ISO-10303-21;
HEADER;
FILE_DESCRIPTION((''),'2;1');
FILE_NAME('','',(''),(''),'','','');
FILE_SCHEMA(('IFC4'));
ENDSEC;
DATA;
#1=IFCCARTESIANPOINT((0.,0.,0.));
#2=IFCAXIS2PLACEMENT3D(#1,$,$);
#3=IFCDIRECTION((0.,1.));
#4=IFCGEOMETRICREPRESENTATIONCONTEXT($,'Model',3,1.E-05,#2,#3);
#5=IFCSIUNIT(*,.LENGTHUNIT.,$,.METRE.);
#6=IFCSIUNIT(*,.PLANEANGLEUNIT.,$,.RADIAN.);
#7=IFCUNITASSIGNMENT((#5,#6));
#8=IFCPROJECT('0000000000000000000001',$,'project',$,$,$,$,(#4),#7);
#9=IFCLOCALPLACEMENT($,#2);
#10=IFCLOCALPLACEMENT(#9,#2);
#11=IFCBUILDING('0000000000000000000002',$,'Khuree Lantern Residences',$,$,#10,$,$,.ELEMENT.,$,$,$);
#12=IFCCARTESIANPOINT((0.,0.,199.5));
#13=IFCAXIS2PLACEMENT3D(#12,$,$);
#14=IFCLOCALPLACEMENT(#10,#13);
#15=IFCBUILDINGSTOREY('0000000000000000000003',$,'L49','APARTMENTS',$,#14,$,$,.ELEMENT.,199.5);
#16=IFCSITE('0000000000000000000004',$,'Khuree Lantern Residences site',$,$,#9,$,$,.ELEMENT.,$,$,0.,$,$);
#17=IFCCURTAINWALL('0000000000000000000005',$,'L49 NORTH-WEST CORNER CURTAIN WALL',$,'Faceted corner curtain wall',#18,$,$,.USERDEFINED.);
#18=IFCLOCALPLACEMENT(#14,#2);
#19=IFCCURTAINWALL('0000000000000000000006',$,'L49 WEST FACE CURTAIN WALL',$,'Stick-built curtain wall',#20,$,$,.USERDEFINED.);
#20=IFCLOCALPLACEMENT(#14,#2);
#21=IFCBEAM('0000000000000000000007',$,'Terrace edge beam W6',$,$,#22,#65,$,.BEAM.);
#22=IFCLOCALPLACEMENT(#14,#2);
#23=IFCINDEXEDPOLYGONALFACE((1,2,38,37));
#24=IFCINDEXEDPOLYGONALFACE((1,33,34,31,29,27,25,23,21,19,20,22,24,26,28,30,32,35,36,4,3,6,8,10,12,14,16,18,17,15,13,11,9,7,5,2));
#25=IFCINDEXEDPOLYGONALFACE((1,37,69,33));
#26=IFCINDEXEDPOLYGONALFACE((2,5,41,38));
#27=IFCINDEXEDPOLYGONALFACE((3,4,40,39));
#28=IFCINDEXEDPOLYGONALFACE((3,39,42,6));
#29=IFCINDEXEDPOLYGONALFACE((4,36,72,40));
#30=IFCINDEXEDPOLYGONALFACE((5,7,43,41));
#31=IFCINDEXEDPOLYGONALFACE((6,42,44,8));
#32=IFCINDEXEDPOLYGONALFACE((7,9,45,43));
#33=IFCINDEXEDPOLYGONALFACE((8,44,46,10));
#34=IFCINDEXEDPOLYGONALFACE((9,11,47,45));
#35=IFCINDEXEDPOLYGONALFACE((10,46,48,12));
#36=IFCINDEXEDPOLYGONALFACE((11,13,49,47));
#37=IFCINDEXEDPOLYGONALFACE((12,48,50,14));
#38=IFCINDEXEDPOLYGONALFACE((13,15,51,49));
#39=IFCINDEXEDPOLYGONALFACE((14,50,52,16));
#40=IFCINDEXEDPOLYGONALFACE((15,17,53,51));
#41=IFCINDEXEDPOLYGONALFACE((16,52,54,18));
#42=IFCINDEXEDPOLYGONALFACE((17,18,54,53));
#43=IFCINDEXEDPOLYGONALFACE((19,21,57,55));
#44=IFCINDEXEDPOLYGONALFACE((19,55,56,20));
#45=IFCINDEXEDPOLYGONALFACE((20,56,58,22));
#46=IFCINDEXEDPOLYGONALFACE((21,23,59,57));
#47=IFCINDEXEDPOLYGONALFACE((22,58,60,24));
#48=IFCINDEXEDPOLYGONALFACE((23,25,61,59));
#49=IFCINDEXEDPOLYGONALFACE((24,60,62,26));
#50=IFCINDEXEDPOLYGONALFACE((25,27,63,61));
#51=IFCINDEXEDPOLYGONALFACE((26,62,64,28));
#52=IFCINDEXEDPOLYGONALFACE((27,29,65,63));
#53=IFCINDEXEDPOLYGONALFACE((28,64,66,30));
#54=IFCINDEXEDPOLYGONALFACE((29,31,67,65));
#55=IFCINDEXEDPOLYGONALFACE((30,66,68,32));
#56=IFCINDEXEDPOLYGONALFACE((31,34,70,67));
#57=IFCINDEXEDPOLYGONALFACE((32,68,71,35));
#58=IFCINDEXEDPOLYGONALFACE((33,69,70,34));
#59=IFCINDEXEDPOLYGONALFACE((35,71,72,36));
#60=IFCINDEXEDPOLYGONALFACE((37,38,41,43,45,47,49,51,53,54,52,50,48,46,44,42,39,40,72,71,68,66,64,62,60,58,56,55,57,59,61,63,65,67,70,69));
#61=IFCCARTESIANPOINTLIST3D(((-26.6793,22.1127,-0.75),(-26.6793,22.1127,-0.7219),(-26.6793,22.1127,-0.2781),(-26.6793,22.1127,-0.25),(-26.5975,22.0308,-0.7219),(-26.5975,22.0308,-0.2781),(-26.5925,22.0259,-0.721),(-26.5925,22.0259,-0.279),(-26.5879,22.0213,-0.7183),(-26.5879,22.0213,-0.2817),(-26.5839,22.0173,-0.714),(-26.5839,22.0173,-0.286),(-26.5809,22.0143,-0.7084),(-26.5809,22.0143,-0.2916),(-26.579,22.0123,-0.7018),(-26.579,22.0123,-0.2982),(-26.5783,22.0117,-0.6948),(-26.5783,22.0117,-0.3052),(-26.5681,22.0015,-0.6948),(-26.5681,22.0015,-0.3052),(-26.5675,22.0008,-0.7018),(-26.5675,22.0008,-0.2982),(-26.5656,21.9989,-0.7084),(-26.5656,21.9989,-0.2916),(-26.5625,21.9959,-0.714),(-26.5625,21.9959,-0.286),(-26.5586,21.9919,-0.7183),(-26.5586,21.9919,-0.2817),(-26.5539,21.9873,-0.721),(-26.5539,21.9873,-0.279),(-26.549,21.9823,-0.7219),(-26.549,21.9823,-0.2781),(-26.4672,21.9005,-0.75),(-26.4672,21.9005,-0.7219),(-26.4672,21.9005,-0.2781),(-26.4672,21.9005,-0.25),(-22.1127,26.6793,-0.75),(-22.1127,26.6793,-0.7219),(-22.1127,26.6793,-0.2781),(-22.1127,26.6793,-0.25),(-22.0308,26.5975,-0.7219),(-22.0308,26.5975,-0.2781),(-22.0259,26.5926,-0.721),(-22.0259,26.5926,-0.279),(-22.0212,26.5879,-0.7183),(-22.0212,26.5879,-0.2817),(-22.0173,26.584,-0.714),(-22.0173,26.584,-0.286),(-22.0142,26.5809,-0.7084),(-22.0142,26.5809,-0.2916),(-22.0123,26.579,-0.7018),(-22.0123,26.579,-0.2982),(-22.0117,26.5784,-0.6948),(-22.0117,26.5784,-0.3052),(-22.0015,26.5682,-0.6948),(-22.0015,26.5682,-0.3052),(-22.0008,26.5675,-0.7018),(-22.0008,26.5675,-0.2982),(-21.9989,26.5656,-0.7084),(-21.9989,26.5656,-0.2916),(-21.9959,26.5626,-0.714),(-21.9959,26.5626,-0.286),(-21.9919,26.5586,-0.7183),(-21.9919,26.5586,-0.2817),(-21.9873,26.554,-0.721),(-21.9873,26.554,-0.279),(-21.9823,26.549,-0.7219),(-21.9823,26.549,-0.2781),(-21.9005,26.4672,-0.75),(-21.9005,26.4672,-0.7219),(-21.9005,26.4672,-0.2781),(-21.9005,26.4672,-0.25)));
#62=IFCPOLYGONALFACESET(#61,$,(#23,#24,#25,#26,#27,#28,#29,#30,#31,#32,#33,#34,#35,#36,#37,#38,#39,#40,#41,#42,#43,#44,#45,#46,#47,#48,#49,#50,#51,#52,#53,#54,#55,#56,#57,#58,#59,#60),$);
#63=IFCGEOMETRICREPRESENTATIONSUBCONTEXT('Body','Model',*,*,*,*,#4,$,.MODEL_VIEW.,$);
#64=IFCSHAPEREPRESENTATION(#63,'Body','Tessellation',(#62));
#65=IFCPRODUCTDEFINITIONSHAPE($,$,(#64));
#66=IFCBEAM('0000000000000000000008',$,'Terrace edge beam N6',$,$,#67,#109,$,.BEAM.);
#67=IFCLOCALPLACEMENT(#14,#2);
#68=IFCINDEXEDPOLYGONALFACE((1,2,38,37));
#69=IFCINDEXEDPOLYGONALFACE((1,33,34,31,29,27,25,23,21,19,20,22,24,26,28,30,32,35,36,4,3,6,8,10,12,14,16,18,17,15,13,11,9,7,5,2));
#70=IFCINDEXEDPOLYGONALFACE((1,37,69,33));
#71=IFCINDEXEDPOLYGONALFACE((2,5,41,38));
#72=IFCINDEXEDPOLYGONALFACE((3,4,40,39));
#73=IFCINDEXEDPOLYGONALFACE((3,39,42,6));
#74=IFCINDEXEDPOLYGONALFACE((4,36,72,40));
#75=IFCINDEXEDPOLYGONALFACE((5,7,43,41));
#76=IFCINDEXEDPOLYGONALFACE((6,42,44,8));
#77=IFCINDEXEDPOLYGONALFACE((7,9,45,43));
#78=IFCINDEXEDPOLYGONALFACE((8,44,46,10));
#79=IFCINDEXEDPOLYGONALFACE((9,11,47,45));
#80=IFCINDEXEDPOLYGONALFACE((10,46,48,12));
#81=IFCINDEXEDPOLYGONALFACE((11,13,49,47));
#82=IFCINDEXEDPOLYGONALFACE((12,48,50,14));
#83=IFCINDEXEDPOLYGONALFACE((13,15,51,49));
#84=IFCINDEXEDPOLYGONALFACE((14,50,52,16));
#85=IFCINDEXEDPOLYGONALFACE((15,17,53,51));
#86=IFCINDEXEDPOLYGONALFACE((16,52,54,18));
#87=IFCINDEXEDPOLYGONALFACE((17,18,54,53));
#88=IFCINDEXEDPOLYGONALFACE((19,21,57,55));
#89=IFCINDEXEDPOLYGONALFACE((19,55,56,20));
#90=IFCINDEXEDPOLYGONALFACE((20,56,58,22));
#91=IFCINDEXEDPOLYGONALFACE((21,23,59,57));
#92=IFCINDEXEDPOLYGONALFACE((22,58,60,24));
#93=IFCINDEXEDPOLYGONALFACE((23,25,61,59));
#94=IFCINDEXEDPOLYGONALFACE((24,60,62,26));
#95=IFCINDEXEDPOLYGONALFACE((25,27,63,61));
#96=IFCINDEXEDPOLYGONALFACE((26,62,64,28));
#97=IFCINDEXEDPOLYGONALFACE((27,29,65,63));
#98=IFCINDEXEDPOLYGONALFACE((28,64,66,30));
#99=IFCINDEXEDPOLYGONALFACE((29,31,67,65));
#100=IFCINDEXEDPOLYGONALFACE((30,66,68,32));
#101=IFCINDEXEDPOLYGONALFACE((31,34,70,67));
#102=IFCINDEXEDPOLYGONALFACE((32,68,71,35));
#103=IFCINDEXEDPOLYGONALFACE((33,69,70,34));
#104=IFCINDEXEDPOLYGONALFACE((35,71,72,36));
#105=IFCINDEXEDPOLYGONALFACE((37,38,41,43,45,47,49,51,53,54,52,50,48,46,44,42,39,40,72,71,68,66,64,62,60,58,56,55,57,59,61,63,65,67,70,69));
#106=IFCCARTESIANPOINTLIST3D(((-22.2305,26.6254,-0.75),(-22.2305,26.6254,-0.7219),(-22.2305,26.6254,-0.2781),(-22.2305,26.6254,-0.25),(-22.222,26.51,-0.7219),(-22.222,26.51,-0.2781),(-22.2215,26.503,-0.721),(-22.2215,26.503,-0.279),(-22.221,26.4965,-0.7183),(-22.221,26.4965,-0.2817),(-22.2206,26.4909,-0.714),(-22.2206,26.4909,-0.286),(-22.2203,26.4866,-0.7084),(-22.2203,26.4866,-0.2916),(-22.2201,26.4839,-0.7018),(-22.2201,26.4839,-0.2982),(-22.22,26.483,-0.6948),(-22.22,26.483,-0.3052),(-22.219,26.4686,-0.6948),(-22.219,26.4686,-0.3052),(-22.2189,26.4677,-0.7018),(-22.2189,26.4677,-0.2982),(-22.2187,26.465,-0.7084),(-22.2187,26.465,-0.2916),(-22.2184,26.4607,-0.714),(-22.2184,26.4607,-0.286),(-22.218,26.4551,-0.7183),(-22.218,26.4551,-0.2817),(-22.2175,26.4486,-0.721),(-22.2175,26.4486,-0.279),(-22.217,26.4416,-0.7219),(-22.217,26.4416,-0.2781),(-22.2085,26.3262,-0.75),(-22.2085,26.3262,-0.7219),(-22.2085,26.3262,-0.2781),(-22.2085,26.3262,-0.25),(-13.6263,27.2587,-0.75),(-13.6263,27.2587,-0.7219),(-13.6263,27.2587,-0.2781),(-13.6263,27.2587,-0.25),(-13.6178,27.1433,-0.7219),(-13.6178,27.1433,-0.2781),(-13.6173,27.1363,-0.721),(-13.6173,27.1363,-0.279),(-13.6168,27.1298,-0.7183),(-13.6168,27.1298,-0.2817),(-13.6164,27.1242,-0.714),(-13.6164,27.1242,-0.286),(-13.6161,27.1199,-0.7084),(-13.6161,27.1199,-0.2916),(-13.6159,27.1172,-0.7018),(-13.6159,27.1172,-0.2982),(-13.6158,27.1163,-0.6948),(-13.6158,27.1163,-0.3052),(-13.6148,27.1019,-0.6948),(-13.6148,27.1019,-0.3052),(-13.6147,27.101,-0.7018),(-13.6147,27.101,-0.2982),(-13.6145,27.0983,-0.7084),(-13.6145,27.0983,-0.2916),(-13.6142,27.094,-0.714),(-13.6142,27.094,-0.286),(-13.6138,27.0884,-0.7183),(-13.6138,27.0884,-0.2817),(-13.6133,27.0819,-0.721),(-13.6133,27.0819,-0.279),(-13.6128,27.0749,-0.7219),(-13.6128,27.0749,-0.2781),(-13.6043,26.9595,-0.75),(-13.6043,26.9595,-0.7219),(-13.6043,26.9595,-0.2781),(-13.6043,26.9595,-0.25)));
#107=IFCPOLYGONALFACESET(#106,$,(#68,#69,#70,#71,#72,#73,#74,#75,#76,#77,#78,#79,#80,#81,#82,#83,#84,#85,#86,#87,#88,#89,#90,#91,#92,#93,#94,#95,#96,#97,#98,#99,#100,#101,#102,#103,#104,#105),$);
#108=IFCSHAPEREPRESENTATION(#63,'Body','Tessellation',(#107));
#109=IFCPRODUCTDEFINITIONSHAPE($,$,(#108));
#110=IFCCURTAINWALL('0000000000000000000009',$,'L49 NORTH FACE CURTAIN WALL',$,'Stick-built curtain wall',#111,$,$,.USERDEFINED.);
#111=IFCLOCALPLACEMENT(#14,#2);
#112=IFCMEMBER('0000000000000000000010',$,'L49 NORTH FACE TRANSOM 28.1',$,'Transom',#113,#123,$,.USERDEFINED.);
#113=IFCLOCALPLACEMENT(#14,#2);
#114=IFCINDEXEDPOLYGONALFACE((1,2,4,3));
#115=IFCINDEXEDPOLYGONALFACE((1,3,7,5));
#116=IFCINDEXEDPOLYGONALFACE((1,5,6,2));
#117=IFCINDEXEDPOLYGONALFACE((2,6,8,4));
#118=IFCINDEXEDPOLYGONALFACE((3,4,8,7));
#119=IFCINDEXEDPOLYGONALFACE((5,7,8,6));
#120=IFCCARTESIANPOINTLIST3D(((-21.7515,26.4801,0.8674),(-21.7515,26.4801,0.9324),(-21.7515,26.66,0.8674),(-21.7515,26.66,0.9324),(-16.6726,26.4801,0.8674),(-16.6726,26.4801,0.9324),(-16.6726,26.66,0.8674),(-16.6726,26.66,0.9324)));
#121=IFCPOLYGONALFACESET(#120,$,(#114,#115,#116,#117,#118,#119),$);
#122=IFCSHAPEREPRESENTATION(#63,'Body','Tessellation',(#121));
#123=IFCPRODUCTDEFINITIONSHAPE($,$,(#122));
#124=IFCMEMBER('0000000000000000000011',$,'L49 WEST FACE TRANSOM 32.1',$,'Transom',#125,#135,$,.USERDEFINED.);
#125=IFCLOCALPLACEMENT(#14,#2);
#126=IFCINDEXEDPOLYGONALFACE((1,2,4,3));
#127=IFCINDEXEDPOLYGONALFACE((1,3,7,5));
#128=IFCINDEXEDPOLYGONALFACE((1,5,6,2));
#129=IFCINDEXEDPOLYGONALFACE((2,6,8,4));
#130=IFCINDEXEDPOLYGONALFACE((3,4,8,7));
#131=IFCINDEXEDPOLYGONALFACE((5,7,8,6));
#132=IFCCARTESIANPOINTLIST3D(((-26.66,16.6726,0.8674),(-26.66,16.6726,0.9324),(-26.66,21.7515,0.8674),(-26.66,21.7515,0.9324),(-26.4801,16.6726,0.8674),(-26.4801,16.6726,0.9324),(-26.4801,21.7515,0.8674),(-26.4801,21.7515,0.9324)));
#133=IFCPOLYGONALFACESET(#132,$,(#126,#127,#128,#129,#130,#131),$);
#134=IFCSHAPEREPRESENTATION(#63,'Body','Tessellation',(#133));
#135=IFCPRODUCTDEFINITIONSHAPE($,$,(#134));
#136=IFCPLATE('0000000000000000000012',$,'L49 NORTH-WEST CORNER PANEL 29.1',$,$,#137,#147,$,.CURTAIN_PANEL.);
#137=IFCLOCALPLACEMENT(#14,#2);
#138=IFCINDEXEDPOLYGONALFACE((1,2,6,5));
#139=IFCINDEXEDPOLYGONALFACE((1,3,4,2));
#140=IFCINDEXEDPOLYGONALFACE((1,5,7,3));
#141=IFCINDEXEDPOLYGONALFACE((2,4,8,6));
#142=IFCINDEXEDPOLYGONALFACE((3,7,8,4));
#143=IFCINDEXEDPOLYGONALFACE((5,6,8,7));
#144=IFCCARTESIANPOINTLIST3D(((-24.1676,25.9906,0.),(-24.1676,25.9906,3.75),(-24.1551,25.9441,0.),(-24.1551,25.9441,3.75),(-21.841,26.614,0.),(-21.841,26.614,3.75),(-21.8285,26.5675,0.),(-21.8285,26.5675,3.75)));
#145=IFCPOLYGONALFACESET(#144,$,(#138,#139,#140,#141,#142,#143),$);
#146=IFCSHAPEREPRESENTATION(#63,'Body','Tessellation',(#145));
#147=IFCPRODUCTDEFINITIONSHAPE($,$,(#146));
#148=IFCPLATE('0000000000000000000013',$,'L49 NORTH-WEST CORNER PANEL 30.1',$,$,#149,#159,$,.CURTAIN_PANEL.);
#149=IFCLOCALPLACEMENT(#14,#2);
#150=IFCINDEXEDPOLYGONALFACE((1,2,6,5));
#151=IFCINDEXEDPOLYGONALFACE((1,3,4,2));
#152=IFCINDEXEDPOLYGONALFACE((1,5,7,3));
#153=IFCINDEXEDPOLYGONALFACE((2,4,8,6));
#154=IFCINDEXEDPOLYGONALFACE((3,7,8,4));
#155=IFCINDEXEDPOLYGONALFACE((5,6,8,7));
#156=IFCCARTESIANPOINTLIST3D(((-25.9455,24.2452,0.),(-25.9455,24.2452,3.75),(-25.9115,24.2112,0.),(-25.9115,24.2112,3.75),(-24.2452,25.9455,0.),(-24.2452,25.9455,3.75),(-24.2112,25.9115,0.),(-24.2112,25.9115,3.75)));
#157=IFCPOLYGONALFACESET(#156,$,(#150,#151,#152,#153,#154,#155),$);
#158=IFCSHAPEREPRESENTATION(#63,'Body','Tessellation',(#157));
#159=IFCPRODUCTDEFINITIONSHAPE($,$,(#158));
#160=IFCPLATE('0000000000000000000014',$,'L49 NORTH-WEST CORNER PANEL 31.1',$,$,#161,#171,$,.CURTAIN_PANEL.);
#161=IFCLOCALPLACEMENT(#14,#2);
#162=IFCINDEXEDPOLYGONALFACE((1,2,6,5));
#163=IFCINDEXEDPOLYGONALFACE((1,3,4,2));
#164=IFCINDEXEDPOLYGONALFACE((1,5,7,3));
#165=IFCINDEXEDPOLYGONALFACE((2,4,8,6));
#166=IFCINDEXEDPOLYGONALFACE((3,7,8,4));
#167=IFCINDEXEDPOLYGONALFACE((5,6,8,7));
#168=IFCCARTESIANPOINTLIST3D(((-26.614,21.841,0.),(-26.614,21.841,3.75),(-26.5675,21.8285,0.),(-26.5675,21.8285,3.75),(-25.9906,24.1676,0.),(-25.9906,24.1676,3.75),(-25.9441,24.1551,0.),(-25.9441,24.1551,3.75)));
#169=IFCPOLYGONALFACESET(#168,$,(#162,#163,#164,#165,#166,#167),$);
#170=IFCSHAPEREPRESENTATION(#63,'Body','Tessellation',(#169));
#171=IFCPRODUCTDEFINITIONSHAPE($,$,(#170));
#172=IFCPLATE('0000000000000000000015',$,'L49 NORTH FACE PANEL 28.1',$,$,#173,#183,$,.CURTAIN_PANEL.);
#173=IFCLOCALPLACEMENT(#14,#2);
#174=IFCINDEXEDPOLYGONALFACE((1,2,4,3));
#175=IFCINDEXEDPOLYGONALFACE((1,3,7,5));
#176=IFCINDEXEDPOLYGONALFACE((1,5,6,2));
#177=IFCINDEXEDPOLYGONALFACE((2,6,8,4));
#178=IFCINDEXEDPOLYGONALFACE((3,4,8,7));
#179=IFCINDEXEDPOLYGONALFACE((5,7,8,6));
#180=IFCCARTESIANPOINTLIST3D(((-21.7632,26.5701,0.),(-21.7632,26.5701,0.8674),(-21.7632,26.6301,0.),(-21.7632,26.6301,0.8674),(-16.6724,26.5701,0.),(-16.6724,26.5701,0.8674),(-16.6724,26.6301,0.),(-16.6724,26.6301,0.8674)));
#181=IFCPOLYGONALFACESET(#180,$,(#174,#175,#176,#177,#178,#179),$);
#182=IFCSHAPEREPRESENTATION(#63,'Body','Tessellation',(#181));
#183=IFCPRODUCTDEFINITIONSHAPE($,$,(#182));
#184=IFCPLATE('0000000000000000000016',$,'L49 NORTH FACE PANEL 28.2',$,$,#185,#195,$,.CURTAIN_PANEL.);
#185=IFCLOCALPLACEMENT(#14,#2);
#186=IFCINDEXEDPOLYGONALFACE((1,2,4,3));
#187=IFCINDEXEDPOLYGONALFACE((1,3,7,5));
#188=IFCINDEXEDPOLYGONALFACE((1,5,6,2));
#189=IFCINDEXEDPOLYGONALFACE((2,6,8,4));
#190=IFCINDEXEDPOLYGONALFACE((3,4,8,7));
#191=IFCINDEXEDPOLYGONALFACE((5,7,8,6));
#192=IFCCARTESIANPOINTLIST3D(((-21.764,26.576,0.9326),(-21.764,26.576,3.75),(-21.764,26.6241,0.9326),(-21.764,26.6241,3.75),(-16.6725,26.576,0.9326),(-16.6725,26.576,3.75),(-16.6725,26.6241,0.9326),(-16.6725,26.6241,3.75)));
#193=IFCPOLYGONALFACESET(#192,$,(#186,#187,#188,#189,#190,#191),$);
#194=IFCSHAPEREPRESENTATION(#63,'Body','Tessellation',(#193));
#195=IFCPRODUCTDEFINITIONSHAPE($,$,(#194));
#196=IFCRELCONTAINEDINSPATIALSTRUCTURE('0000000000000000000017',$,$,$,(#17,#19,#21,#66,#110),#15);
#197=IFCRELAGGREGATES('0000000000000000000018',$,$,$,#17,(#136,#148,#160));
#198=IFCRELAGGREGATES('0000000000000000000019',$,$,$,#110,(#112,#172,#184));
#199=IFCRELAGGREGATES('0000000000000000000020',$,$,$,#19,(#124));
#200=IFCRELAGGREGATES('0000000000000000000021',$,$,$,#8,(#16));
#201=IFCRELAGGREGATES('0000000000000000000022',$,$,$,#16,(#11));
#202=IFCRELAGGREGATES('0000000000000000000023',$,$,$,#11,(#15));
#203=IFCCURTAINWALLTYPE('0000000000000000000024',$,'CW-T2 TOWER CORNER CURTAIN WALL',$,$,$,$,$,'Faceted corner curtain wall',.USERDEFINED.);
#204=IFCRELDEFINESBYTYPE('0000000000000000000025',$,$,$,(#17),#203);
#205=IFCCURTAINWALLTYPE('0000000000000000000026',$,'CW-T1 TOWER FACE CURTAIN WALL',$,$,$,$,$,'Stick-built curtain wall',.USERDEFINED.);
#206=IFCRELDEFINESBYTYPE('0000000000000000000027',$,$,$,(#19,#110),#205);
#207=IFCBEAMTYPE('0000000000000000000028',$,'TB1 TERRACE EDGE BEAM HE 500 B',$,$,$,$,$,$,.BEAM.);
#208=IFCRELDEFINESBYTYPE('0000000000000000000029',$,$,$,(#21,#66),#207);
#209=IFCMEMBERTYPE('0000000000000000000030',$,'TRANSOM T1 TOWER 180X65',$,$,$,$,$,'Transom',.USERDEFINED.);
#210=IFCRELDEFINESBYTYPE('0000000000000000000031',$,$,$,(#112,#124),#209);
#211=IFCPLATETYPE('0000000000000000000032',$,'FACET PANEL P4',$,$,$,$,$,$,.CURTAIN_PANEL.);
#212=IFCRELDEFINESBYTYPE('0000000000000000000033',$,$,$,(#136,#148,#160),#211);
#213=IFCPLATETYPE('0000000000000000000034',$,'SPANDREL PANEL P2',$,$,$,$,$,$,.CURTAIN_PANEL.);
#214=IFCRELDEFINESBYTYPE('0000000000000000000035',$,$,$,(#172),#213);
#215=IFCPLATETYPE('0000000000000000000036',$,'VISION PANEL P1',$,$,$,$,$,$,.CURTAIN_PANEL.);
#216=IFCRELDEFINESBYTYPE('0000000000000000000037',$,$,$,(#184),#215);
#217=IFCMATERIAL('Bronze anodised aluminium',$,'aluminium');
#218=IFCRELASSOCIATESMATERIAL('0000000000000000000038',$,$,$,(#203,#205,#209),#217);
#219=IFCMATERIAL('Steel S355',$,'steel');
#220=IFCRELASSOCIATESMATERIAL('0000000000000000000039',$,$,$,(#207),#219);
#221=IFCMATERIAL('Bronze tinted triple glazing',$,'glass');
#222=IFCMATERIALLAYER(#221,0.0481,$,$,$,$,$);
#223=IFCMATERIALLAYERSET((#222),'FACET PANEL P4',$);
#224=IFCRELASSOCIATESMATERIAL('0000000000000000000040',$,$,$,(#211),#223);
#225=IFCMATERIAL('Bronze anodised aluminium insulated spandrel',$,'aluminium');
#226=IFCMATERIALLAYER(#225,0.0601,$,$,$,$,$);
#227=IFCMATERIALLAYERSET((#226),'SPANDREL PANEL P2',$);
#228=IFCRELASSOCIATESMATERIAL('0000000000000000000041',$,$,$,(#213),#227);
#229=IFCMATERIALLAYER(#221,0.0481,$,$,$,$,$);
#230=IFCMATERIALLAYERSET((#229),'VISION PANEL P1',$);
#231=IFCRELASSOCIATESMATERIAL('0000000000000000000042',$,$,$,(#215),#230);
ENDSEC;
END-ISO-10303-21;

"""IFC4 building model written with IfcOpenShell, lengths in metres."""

from ifc_helpers import new_model, si_unit, direction, frame, origin, origin_2d, place, context, subcontext, project, spatial, rectangle, i_section, extrude, material, layer, layer_set, material_profile, profile_set, type_object, element, aggregate, save


model = new_model("IFC4")

# Units and contexts
model_context = context("Model", 3, precision=1e-05, world=origin(), true_north=direction((0.0, 1.0)))
body_context = subcontext(model_context, "Body", "Model", "MODEL_VIEW")
ifc_project = project(units=[si_unit("LENGTHUNIT", "METRE"), si_unit("PLANEANGLEUNIT", "RADIAN")], contexts=[model_context])

# Site, building, storey
site_placement = place(None, origin())
site = spatial("IfcSite", under=ifc_project, at=site_placement, Name="Khuree Lantern Residences site", CompositionType="ELEMENT", RefElevation=0.0)
building_placement = place(site_placement, origin())
building = spatial("IfcBuilding", under=site, at=building_placement, Name="Khuree Lantern Residences", CompositionType="ELEMENT")
storey_placement = place(building_placement, frame((0.0, 0.0, 199.5)))
storey = spatial("IfcBuildingStorey", under=building, at=storey_placement, Name="L49", Description="APARTMENTS", CompositionType="ELEMENT", Elevation=199.5)

# Shared definitions
ifc_material_1 = material(Name="Steel S355", Category="steel")

# Curtain wall
ifc_material_2 = material(Name="Bronze anodised aluminium", Category="aluminium")
curtain_wall_type_1 = type_object("IfcCurtainWallType", Name="CW-T2 TOWER CORNER CURTAIN WALL", ElementType="Faceted corner curtain wall", PredefinedType="USERDEFINED", material=ifc_material_2)
curtain_wall_1_placement = place(storey_placement, origin())
curtain_wall_1 = element("IfcCurtainWall", 1, at=curtain_wall_1_placement, inside=storey, type_object=curtain_wall_type_1, Name="L49 NORTH-WEST CORNER CURTAIN WALL", ObjectType="Faceted corner curtain wall", PredefinedType="USERDEFINED")

# Curtain wall
curtain_wall_type_2 = type_object("IfcCurtainWallType", Name="CW-T1 TOWER FACE CURTAIN WALL", ElementType="Stick-built curtain wall", PredefinedType="USERDEFINED", material=ifc_material_2)
curtain_wall_2_placement = place(storey_placement, origin())
curtain_wall_2 = element("IfcCurtainWall", 2, at=curtain_wall_2_placement, inside=storey, type_object=curtain_wall_type_2, Name="L49 WEST FACE CURTAIN WALL", ObjectType="Stick-built curtain wall", PredefinedType="USERDEFINED")

# Beams
ifc_material_profile_1 = material_profile(ifc_material_1, i_section(OverallWidth=0.3, OverallDepth=0.5, WebThickness=0.0144, FlangeThickness=0.0281, FilletRadius=0.0271, at=origin_2d()), Name="HE 500 B")
ifc_profile_set_1 = profile_set([ifc_material_profile_1], Name="Steel S355")
beam_type_1 = type_object("IfcBeamType", Name="TB1 TERRACE EDGE BEAM HE 500 B", PredefinedType="BEAM", material=ifc_profile_set_1)
beam_1_placement = place(storey_placement, frame((-26.5732, 22.0066, -0.5), z_axis=(0.707107, 0.707107, 0.0), x_axis=(-0.707107, 0.707107, 0.0)))
element("IfcBeam", 3, at=beam_1_placement, inside=storey, type_object=beam_type_1, Name="Terrace edge beam W6", PredefinedType="BEAM", context=body_context, shape_type="SweptSolid", body=[
    extrude(i_section(OverallWidth=0.3, OverallDepth=0.5, WebThickness=0.0144, FlangeThickness=0.0281, FilletRadius=0.0271, at=origin_2d()), origin(), (0.0, 0.0, 1.0), 6.4583),
])
beam_2_placement = place(storey_placement, frame((-22.2195, 26.4758, -0.5), z_axis=(0.997302, 0.073405, 0.0), x_axis=(-0.073405, 0.997302, 0.0)))
element("IfcBeam", 4, at=beam_2_placement, inside=storey, type_object=beam_type_1, Name="Terrace edge beam N6", PredefinedType="BEAM", context=body_context, shape_type="SweptSolid", body=[
    extrude(i_section(OverallWidth=0.3, OverallDepth=0.5, WebThickness=0.0144, FlangeThickness=0.0281, FilletRadius=0.0271, at=origin_2d()), origin(), (0.0, 0.0, 1.0), 8.6274),
])

# Curtain wall, member
curtain_wall_3_placement = place(storey_placement, origin())
curtain_wall_3 = element("IfcCurtainWall", 5, at=curtain_wall_3_placement, inside=storey, type_object=curtain_wall_type_2, Name="L49 NORTH FACE CURTAIN WALL", ObjectType="Stick-built curtain wall", PredefinedType="USERDEFINED")
ifc_material_profile_2 = material_profile(ifc_material_2, rectangle(XDim=0.1799, YDim=0.0649, at=origin_2d()), Name="T1 180X65")
ifc_profile_set_2 = profile_set([ifc_material_profile_2], Name="Bronze anodised aluminium")
member_type_1 = type_object("IfcMemberType", Name="TRANSOM T1 TOWER 180X65", ElementType="Transom", PredefinedType="USERDEFINED", material=ifc_profile_set_2)
member_1_placement = place(storey_placement, frame((-16.6726, 26.5701, 0.8999), z_axis=(-1.0, 0.0, 0.0), x_axis=(0.0, -1.0, 0.0)))
member_1 = element("IfcMember", 6, at=member_1_placement, type_object=member_type_1, Name="L49 NORTH FACE TRANSOM 28.1", ObjectType="Transom", PredefinedType="USERDEFINED", context=body_context, shape_type="SweptSolid", body=[
    extrude(rectangle(XDim=0.1799, YDim=0.0649, at=origin_2d()), origin(), (0.0, 0.0, 1.0), 5.0789),
])

# Member
member_2_placement = place(storey_placement, frame((-26.5701, 21.7515, 0.8999), z_axis=(0.0, -1.0, 0.0), x_axis=(1.0, 0.0, 0.0)))
member_2 = element("IfcMember", 7, at=member_2_placement, type_object=member_type_1, Name="L49 WEST FACE TRANSOM 32.1", ObjectType="Transom", PredefinedType="USERDEFINED", context=body_context, shape_type="SweptSolid", body=[
    extrude(rectangle(XDim=0.1799, YDim=0.0649, at=origin_2d()), origin(), (0.0, 0.0, 1.0), 5.0789),
])

# Plates
ifc_material_3 = material(Name="Bronze tinted triple glazing", Category="glass")
ifc_layer_1 = layer(ifc_material_3, 0.0481)
ifc_layer_set_1 = layer_set([ifc_layer_1], Name="FACET PANEL P4")
plate_type_1 = type_object("IfcPlateType", Name="FACET PANEL P4", PredefinedType="CURTAIN_PANEL", material=ifc_layer_set_1)
plate_1_placement = place(storey_placement, frame((-22.998, 26.2791, 0.0), z_axis=(0.0, 0.0, 1.0), x_axis=(-0.965926, -0.258819, 0.0)))
plate_1 = element("IfcPlate", 8, at=plate_1_placement, type_object=plate_type_1, Name="L49 NORTH-WEST CORNER PANEL 29.1", PredefinedType="CURTAIN_PANEL", context=body_context, shape_type="SweptSolid", body=[
    extrude(rectangle(XDim=2.4087, YDim=0.0481, at=origin_2d()), origin(), (0.0, 0.0, 1.0), 3.75),
])
plate_2_placement = place(storey_placement, frame((-25.0784, 25.0784, 0.0), z_axis=(0.0, 0.0, 1.0), x_axis=(-0.707107, -0.707107, 0.0)))
plate_2 = element("IfcPlate", 9, at=plate_2_placement, type_object=plate_type_1, Name="L49 NORTH-WEST CORNER PANEL 30.1", PredefinedType="CURTAIN_PANEL", context=body_context, shape_type="SweptSolid", body=[
    extrude(rectangle(XDim=2.4045, YDim=0.0481, at=origin_2d()), origin(), (0.0, 0.0, 1.0), 3.75),
])
plate_3_placement = place(storey_placement, frame((-26.2791, 22.998, 0.0), z_axis=(0.0, 0.0, 1.0), x_axis=(-0.258819, -0.965926, 0.0)))
plate_3 = element("IfcPlate", 10, at=plate_3_placement, type_object=plate_type_1, Name="L49 NORTH-WEST CORNER PANEL 31.1", PredefinedType="CURTAIN_PANEL", context=body_context, shape_type="SweptSolid", body=[
    extrude(rectangle(XDim=2.4087, YDim=0.0481, at=origin_2d()), origin(), (0.0, 0.0, 1.0), 3.75),
])
aggregate(curtain_wall_1, [plate_1, plate_2, plate_3])
ifc_material_4 = material(Name="Bronze anodised aluminium insulated spandrel", Category="aluminium")
ifc_layer_2 = layer(ifc_material_4, 0.0601)
ifc_layer_set_2 = layer_set([ifc_layer_2], Name="SPANDREL PANEL P2")
plate_type_2 = type_object("IfcPlateType", Name="SPANDREL PANEL P2", PredefinedType="CURTAIN_PANEL", material=ifc_layer_set_2)
plate_4_placement = place(storey_placement, frame((-19.2178, 26.6001, 0.0), z_axis=(0.0, 0.0, 1.0), x_axis=(-1.0, 0.0, 0.0)))
plate_4 = element("IfcPlate", 11, at=plate_4_placement, type_object=plate_type_2, Name="L49 NORTH FACE PANEL 28.1", PredefinedType="CURTAIN_PANEL", context=body_context, shape_type="SweptSolid", body=[
    extrude(rectangle(XDim=5.0908, YDim=0.0601, at=origin_2d()), origin(), (0.0, 0.0, 1.0), 0.8674),
])
ifc_layer_3 = layer(ifc_material_3, 0.0481)
ifc_layer_set_3 = layer_set([ifc_layer_3], Name="VISION PANEL P1")
plate_type_3 = type_object("IfcPlateType", Name="VISION PANEL P1", PredefinedType="CURTAIN_PANEL", material=ifc_layer_set_3)
plate_5_placement = place(storey_placement, frame((-19.2183, 26.6001, 0.9326), z_axis=(0.0, 0.0, 1.0), x_axis=(-1.0, 0.0, 0.0)))
plate_5 = element("IfcPlate", 12, at=plate_5_placement, type_object=plate_type_3, Name="L49 NORTH FACE PANEL 28.2", PredefinedType="CURTAIN_PANEL", context=body_context, shape_type="SweptSolid", body=[
    extrude(rectangle(XDim=5.0916, YDim=0.0481, at=origin_2d()), origin(), (0.0, 0.0, 1.0), 2.8174),
])
aggregate(curtain_wall_3, [member_1, plate_4, plate_5])
aggregate(curtain_wall_2, [member_2])

save(model, "model.ifc")
